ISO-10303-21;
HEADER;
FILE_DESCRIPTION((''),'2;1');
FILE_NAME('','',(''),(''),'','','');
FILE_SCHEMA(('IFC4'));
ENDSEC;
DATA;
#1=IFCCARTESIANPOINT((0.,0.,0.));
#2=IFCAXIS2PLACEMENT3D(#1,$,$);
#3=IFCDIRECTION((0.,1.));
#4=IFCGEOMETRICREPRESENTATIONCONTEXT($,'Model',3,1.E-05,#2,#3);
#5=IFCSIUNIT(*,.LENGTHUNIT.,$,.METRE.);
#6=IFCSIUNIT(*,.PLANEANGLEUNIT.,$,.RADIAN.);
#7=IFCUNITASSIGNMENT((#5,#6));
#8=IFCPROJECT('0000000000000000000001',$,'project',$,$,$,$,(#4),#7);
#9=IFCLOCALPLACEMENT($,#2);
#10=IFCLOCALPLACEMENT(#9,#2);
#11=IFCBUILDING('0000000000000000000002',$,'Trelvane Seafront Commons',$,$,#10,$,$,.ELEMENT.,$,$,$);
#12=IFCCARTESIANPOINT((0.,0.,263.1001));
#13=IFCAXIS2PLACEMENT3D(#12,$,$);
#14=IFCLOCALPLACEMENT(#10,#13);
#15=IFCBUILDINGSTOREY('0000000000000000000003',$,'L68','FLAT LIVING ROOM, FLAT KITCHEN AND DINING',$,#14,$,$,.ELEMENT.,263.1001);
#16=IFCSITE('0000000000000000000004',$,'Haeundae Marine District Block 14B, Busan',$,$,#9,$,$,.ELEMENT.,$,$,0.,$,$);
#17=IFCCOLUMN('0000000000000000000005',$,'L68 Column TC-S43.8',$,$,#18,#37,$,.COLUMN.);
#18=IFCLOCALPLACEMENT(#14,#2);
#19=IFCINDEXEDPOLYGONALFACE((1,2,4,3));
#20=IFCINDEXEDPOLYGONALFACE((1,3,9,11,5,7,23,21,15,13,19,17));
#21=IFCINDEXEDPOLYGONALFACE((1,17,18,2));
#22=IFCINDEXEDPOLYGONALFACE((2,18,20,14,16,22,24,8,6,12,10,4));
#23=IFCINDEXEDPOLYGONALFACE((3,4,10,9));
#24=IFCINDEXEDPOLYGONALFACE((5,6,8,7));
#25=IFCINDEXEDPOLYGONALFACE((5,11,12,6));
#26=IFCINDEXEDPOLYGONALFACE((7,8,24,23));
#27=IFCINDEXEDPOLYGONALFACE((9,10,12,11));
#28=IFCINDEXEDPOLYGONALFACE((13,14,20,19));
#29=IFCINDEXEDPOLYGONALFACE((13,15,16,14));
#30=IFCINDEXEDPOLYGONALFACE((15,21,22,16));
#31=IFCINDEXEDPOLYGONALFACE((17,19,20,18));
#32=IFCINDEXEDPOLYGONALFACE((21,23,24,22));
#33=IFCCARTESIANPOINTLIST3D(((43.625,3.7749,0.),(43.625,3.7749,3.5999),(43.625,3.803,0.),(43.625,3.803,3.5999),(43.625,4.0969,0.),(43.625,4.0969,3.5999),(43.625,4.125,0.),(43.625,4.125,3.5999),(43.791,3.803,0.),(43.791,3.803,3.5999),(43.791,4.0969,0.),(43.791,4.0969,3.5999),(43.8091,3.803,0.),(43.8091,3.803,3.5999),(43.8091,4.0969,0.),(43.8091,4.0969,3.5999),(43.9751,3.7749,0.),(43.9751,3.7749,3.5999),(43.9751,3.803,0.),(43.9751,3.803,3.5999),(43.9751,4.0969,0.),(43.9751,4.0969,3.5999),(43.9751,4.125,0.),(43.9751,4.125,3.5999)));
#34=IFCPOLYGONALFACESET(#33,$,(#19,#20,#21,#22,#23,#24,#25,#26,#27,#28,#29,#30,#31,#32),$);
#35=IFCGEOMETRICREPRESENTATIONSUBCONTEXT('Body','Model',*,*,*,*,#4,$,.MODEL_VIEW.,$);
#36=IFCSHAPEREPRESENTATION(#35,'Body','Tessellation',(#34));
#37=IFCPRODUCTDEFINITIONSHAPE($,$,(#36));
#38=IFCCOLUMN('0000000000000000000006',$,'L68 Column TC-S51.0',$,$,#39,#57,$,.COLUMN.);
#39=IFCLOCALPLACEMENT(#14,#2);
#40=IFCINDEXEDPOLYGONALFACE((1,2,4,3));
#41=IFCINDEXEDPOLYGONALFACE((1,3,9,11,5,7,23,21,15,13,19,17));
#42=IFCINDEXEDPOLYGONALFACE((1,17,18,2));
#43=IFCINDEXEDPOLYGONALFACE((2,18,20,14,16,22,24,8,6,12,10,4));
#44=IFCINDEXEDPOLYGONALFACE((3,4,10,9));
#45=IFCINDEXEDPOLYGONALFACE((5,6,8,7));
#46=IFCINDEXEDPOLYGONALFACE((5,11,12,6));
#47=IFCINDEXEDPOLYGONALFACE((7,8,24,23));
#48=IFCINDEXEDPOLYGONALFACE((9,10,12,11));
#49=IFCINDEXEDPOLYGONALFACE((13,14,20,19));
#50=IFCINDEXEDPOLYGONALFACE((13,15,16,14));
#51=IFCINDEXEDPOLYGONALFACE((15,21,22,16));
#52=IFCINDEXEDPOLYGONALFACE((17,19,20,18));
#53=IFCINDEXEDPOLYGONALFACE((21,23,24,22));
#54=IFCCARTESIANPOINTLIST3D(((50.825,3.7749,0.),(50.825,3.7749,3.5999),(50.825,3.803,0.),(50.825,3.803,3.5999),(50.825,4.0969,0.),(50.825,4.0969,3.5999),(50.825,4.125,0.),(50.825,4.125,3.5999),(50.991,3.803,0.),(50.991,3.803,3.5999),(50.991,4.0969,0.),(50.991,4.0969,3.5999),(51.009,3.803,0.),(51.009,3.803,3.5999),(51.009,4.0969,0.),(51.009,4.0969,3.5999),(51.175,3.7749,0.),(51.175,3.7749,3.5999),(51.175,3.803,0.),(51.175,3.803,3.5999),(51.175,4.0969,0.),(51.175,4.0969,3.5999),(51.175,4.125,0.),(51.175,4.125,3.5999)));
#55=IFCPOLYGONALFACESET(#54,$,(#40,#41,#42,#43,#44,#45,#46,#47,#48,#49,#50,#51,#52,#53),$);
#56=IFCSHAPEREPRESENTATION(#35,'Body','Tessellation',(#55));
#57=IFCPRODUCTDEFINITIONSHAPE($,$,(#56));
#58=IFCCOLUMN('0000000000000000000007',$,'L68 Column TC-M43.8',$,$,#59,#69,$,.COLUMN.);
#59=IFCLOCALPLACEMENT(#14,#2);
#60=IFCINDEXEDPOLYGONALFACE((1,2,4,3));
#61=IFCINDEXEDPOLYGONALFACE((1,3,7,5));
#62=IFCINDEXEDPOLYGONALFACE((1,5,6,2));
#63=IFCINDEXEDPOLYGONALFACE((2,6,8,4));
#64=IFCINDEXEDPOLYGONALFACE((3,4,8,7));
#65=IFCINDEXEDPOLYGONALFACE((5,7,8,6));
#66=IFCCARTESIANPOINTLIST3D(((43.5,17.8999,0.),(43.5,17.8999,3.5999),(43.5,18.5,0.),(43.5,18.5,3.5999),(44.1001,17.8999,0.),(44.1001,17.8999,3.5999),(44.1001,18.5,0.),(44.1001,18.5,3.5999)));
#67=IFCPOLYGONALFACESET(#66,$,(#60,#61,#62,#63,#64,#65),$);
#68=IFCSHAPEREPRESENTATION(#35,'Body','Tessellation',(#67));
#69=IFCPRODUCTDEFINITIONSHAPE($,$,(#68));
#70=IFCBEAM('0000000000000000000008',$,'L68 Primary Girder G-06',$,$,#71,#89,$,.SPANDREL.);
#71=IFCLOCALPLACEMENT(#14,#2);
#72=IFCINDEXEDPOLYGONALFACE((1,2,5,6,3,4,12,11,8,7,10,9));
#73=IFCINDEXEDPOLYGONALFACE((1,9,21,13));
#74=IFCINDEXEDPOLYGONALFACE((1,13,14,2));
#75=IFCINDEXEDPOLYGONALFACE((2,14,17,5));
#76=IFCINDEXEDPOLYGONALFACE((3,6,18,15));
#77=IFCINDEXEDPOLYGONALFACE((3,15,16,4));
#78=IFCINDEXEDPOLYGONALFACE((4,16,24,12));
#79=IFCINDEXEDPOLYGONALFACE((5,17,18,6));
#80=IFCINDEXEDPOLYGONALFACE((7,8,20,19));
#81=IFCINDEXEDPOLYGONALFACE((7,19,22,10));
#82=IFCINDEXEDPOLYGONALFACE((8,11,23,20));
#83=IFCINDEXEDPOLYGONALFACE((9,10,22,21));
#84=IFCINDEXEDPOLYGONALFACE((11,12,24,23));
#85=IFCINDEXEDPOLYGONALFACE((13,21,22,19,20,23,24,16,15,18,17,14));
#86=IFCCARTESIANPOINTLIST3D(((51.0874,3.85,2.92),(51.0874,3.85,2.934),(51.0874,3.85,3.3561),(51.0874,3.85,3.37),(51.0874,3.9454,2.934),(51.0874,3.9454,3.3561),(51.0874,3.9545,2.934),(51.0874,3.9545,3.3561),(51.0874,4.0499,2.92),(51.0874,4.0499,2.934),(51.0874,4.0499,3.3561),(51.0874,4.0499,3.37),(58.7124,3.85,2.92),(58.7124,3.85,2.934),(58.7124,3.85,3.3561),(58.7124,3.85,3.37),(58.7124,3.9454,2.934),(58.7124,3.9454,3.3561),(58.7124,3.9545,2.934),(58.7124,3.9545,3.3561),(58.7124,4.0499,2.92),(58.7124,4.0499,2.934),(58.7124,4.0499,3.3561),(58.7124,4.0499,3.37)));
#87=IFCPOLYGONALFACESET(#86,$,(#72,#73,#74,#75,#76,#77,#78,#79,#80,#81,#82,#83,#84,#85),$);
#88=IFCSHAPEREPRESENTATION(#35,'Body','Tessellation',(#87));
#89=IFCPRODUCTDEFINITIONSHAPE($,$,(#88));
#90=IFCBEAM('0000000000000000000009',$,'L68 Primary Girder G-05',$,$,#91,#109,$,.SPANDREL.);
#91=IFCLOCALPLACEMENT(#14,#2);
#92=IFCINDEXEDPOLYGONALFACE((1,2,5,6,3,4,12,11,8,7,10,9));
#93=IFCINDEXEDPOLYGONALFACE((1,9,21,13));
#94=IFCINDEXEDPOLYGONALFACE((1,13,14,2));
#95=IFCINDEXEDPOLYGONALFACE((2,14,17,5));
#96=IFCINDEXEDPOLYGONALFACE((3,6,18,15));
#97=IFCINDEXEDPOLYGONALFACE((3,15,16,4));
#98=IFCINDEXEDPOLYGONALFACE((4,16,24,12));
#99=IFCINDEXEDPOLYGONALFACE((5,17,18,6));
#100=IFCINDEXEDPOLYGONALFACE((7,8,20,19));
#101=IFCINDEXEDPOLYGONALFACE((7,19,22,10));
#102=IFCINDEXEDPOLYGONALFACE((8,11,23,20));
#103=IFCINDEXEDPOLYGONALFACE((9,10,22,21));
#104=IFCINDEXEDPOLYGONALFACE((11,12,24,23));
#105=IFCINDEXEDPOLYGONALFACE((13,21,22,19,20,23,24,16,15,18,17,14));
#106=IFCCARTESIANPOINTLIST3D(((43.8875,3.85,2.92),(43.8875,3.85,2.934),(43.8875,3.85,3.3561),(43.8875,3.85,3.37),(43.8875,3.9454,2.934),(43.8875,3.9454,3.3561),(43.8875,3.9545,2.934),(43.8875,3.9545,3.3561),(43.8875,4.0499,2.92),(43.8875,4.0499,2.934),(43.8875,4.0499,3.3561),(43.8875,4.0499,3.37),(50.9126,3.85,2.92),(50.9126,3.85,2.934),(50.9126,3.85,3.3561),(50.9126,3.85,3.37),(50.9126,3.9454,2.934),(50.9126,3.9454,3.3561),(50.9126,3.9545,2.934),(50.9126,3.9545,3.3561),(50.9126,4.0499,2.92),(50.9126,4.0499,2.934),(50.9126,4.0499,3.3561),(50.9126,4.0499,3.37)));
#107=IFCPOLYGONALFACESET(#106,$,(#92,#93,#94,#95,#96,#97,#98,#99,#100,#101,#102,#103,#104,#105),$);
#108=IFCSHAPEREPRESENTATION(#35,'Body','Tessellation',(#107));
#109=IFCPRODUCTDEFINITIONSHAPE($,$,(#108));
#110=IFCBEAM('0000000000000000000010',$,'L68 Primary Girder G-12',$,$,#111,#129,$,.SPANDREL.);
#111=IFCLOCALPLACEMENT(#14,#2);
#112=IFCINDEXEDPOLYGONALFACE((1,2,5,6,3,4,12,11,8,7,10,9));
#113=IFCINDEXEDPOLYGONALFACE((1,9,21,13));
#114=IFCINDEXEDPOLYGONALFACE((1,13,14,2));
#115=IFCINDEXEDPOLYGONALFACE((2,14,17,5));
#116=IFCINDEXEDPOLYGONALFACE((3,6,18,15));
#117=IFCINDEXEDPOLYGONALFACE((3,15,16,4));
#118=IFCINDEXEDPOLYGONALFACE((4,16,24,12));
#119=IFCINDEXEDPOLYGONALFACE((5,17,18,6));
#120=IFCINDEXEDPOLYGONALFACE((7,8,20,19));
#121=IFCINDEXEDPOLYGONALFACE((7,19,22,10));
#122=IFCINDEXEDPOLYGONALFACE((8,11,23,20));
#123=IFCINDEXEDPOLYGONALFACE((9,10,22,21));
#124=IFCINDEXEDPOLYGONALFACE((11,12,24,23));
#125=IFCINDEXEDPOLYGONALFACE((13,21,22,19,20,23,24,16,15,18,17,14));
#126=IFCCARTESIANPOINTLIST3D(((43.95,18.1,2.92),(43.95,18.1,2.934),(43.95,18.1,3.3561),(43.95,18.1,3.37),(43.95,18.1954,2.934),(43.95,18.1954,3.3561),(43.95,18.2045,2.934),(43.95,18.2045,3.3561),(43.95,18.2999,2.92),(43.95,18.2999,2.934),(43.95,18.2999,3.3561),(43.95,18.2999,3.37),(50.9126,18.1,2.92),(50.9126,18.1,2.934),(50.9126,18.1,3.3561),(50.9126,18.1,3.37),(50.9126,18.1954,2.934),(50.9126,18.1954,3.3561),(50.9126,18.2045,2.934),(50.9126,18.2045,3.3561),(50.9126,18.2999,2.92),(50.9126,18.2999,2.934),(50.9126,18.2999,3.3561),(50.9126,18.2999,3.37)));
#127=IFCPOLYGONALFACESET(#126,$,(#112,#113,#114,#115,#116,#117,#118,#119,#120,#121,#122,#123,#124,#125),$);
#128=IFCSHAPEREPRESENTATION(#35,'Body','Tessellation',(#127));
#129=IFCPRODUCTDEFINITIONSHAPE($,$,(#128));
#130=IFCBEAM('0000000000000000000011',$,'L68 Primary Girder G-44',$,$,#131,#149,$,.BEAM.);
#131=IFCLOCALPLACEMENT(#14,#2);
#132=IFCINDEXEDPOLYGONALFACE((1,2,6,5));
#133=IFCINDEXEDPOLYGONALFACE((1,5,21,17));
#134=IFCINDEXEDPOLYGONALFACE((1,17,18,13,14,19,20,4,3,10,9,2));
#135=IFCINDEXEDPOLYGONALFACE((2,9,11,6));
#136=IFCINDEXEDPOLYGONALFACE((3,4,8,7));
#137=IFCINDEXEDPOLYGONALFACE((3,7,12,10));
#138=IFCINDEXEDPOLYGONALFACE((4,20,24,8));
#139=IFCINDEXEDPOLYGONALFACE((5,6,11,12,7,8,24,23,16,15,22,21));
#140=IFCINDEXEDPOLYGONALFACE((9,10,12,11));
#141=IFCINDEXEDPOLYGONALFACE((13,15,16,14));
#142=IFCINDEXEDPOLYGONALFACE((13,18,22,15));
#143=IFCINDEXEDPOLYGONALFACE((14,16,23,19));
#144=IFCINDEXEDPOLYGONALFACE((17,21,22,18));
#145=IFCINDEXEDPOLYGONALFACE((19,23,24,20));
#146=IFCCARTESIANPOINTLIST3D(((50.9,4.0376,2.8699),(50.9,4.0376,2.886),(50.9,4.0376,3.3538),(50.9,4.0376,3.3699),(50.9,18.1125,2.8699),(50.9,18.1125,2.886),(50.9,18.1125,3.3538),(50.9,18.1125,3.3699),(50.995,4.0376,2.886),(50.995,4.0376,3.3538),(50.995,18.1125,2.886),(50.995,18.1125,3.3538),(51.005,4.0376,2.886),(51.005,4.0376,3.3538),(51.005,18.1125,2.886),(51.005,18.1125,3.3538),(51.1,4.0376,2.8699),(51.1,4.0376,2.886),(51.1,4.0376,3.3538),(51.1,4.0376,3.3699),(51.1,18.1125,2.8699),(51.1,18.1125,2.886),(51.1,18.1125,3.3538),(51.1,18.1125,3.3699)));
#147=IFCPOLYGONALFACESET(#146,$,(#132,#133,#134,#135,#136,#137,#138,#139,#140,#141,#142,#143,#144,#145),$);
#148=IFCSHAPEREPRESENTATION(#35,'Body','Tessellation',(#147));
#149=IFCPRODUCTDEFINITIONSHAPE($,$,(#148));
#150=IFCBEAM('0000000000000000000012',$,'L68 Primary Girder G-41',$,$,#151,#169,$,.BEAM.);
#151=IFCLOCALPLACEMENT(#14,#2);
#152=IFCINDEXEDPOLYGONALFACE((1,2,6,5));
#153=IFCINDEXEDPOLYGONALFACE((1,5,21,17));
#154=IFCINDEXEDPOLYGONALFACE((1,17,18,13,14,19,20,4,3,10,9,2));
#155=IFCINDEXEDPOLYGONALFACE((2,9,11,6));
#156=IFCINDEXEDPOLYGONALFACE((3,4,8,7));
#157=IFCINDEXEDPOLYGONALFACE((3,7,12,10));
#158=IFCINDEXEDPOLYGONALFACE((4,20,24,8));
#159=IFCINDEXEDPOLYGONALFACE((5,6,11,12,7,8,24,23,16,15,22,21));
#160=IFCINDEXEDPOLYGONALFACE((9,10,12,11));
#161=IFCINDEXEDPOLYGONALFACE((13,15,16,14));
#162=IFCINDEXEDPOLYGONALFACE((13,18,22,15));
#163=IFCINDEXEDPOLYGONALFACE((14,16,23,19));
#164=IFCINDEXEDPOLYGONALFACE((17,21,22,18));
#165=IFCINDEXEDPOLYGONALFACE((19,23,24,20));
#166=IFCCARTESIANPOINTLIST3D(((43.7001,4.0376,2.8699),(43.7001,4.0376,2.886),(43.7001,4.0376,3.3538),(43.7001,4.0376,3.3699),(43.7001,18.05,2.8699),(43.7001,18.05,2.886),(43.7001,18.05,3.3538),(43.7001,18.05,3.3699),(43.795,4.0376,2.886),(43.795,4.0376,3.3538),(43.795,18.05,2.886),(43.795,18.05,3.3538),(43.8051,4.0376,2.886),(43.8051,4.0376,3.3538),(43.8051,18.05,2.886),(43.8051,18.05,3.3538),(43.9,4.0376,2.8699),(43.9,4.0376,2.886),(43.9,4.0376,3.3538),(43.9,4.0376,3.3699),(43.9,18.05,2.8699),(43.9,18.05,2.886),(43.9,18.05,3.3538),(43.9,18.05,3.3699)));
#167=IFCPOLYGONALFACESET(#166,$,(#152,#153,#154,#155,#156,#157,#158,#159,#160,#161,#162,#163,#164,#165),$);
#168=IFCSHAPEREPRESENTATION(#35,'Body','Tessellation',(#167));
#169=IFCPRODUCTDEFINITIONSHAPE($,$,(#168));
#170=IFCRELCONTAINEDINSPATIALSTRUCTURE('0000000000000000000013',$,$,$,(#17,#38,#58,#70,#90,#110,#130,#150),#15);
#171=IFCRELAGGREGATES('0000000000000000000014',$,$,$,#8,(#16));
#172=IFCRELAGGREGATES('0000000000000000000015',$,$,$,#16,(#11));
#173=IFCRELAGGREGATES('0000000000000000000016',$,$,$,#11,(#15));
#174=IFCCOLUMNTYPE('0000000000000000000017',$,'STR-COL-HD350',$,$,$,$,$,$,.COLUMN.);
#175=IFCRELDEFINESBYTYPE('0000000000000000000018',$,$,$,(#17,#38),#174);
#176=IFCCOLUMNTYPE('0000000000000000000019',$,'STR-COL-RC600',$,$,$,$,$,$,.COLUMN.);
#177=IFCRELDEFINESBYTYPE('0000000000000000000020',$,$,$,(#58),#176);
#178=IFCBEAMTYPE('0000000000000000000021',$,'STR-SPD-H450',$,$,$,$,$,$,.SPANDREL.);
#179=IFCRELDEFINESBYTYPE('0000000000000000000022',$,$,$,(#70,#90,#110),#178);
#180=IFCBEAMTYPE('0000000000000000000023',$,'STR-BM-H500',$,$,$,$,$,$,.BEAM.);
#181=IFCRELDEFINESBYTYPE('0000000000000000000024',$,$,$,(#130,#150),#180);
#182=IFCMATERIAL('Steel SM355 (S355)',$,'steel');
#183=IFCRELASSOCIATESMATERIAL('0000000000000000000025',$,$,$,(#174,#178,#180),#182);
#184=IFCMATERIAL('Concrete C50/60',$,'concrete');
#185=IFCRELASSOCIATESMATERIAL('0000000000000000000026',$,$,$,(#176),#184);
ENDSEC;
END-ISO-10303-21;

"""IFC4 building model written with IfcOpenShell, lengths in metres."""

from ifc_helpers import new_model, si_unit, direction, frame, origin, origin_2d, place, context, subcontext, project, spatial, rectangle, i_section, extrude, source, transform, mapped, material, material_profile, profile_set, type_object, element, save


model = new_model("IFC4")

# Units and contexts
model_context = context("Model", 3, precision=1e-05, world=origin(), true_north=direction((0.0, 1.0)))
body_context = subcontext(model_context, "Body", "Model", "MODEL_VIEW")
ifc_project = project(units=[si_unit("LENGTHUNIT", "METRE"), si_unit("PLANEANGLEUNIT", "RADIAN")], contexts=[model_context])

# Site, building, storey
site_placement = place(None, origin())
site = spatial("IfcSite", under=ifc_project, at=site_placement, Name="Haeundae Marine District Block 14B, Busan", CompositionType="ELEMENT", RefElevation=0.0)
building_placement = place(site_placement, origin())
building = spatial("IfcBuilding", under=site, at=building_placement, Name="Trelvane Seafront Commons", CompositionType="ELEMENT")
storey_placement = place(building_placement, frame((0.0, 0.0, 263.1001)))
storey = spatial("IfcBuildingStorey", under=building, at=storey_placement, Name="L68", Description="FLAT LIVING ROOM, FLAT KITCHEN AND DINING", CompositionType="ELEMENT", Elevation=263.1001)

# Columns
ifc_material_1 = material(Name="Steel SM355 (S355)", Category="steel")
ifc_material_profile_1 = material_profile(ifc_material_1, i_section(OverallWidth=0.3501, OverallDepth=0.3501, WebThickness=0.0181, FlangeThickness=0.0281, at=origin_2d()), Name="HD-350x350x18x28")
ifc_profile_set_1 = profile_set([ifc_material_profile_1], Name="Steel SM355 (S355)")
column_type_1 = type_object("IfcColumnType", Name="STR-COL-HD350", PredefinedType="COLUMN", material=ifc_profile_set_1)
shared_shape_1 = source(origin(), body_context, "Body", "SweptSolid", [
    extrude(i_section(OverallWidth=0.3501, OverallDepth=0.3501, WebThickness=0.0181, FlangeThickness=0.0281, at=origin_2d()), origin(), (0.0, 0.0, 1.0), 3.5999),
])
for number, where, z_axis, x_axis, name in (
    (1, (43.8, 3.95, 0.0), (0.0, 0.0, 1.0), (1.0, 0.0, 0.0), "L68 Column TC-S43.8"),
    (2, (51.0, 3.95, 0.0), (0.0, 0.0, 1.0), (1.0, 0.0, 0.0), "L68 Column TC-S51.0"),
):
    element("IfcColumn", number, at=place(storey_placement, frame(where, z_axis=z_axis, x_axis=x_axis)), inside=storey, type_object=column_type_1, Name=name, PredefinedType="COLUMN", context=body_context, shape_type="MappedRepresentation", body=[
        mapped(shared_shape_1, transform((0.0, 0.0, 0.0), x_axis=(1.0, 0.0, 0.0), y_axis=(0.0, 1.0, 0.0), z_axis=(0.0, 0.0, 1.0), scale=1.0)),
    ])
ifc_material_2 = material(Name="Concrete C50/60", Category="concrete")
ifc_material_profile_2 = material_profile(ifc_material_2, rectangle(XDim=0.6001, YDim=0.6001, at=origin_2d()), Name="RC-600x600")
ifc_profile_set_2 = profile_set([ifc_material_profile_2], Name="Concrete C50/60")
column_type_2 = type_object("IfcColumnType", Name="STR-COL-RC600", PredefinedType="COLUMN", material=ifc_profile_set_2)
shared_shape_2 = source(origin(), body_context, "Body", "SweptSolid", [
    extrude(rectangle(XDim=0.6001, YDim=0.6001, at=origin_2d()), origin(), (0.0, 0.0, 1.0), 3.5999),
])
column_placement = place(storey_placement, frame((43.8, 18.2, 0.0), z_axis=(0.0, 0.0, 1.0), x_axis=(1.0, 0.0, 0.0)))
element("IfcColumn", 3, at=column_placement, inside=storey, type_object=column_type_2, Name="L68 Column TC-M43.8", PredefinedType="COLUMN", context=body_context, shape_type="MappedRepresentation", body=[
    mapped(shared_shape_2, transform((0.0, 0.0, 0.0), x_axis=(1.0, 0.0, 0.0), y_axis=(0.0, 1.0, 0.0), z_axis=(0.0, 0.0, 1.0), scale=1.0)),
])

# Beams
ifc_material_profile_3 = material_profile(ifc_material_1, i_section(OverallWidth=0.2, OverallDepth=0.45, WebThickness=0.009, FlangeThickness=0.0139, at=origin_2d()), Name="H-450x200x9x14")
ifc_profile_set_3 = profile_set([ifc_material_profile_3], Name="Steel SM355 (S355)")
beam_type_1 = type_object("IfcBeamType", Name="STR-SPD-H450", PredefinedType="SPANDREL", material=ifc_profile_set_3)
shared_shape_3 = source(origin(), body_context, "Body", "SweptSolid", [
    extrude(i_section(OverallWidth=0.2, OverallDepth=0.45, WebThickness=0.009, FlangeThickness=0.0139, at=origin_2d()), origin(), (0.0, 0.0, 1.0), 7.625),
])
beam_1_placement = place(storey_placement, frame((51.0874, 3.95, 3.145), z_axis=(1.0, 0.0, 0.0), x_axis=(0.0, 1.0, 0.0)))
element("IfcBeam", 4, at=beam_1_placement, inside=storey, type_object=beam_type_1, Name="L68 Primary Girder G-06", PredefinedType="SPANDREL", context=body_context, shape_type="MappedRepresentation", body=[
    mapped(shared_shape_3, transform((0.0, 0.0, 0.0), x_axis=(1.0, 0.0, 0.0), y_axis=(0.0, 1.0, 0.0), z_axis=(0.0, 0.0, 1.0), scale=1.0)),
])
shared_shape_4 = source(origin(), body_context, "Body", "SweptSolid", [
    extrude(i_section(OverallWidth=0.2, OverallDepth=0.45, WebThickness=0.009, FlangeThickness=0.0139, at=origin_2d()), origin(), (0.0, 0.0, 1.0), 7.0251),
])
beam_2_placement = place(storey_placement, frame((43.8875, 3.95, 3.145), z_axis=(1.0, 0.0, 0.0), x_axis=(0.0, 1.0, 0.0)))
element("IfcBeam", 5, at=beam_2_placement, inside=storey, type_object=beam_type_1, Name="L68 Primary Girder G-05", PredefinedType="SPANDREL", context=body_context, shape_type="MappedRepresentation", body=[
    mapped(shared_shape_4, transform((0.0, 0.0, 0.0), x_axis=(1.0, 0.0, 0.0), y_axis=(0.0, 1.0, 0.0), z_axis=(0.0, 0.0, 1.0), scale=1.0)),
])
shared_shape_5 = source(origin(), body_context, "Body", "SweptSolid", [
    extrude(i_section(OverallWidth=0.2, OverallDepth=0.45, WebThickness=0.009, FlangeThickness=0.0139, at=origin_2d()), origin(), (0.0, 0.0, 1.0), 6.9626),
])
beam_3_placement = place(storey_placement, frame((43.95, 18.2, 3.145), z_axis=(1.0, 0.0, 0.0), x_axis=(0.0, 1.0, 0.0)))
element("IfcBeam", 6, at=beam_3_placement, inside=storey, type_object=beam_type_1, Name="L68 Primary Girder G-12", PredefinedType="SPANDREL", context=body_context, shape_type="MappedRepresentation", body=[
    mapped(shared_shape_5, transform((0.0, 0.0, 0.0), x_axis=(1.0, 0.0, 0.0), y_axis=(0.0, 1.0, 0.0), z_axis=(0.0, 0.0, 1.0), scale=1.0)),
])
ifc_material_profile_4 = material_profile(ifc_material_1, i_section(OverallWidth=0.2, OverallDepth=0.5, WebThickness=0.01, FlangeThickness=0.0161, at=origin_2d()), Name="H-500x200x10x16")
ifc_profile_set_4 = profile_set([ifc_material_profile_4], Name="Steel SM355 (S355)")
beam_type_2 = type_object("IfcBeamType", Name="STR-BM-H500", PredefinedType="BEAM", material=ifc_profile_set_4)
shared_shape_6 = source(origin(), body_context, "Body", "SweptSolid", [
    extrude(i_section(OverallWidth=0.2, OverallDepth=0.5, WebThickness=0.01, FlangeThickness=0.0161, at=origin_2d()), origin(), (0.0, 0.0, 1.0), 14.075),
])
beam_4_placement = place(storey_placement, frame((51.0, 4.0376, 3.1199), z_axis=(0.0, 1.0, 0.0), x_axis=(-1.0, 0.0, 0.0)))
element("IfcBeam", 7, at=beam_4_placement, inside=storey, type_object=beam_type_2, Name="L68 Primary Girder G-44", PredefinedType="BEAM", context=body_context, shape_type="MappedRepresentation", body=[
    mapped(shared_shape_6, transform((0.0, 0.0, 0.0), x_axis=(1.0, 0.0, 0.0), y_axis=(0.0, 1.0, 0.0), z_axis=(0.0, 0.0, 1.0), scale=1.0)),
])
shared_shape_7 = source(origin(), body_context, "Body", "SweptSolid", [
    extrude(i_section(OverallWidth=0.2, OverallDepth=0.5, WebThickness=0.01, FlangeThickness=0.0161, at=origin_2d()), origin(), (0.0, 0.0, 1.0), 14.0125),
])
beam_5_placement = place(storey_placement, frame((43.8, 4.0376, 3.1199), z_axis=(0.0, 1.0, 0.0), x_axis=(-1.0, 0.0, 0.0)))
element("IfcBeam", 8, at=beam_5_placement, inside=storey, type_object=beam_type_2, Name="L68 Primary Girder G-41", PredefinedType="BEAM", context=body_context, shape_type="MappedRepresentation", body=[
    mapped(shared_shape_7, transform((0.0, 0.0, 0.0), x_axis=(1.0, 0.0, 0.0), y_axis=(0.0, 1.0, 0.0), z_axis=(0.0, 0.0, 1.0), scale=1.0)),
])

save(model, "model.ifc")
